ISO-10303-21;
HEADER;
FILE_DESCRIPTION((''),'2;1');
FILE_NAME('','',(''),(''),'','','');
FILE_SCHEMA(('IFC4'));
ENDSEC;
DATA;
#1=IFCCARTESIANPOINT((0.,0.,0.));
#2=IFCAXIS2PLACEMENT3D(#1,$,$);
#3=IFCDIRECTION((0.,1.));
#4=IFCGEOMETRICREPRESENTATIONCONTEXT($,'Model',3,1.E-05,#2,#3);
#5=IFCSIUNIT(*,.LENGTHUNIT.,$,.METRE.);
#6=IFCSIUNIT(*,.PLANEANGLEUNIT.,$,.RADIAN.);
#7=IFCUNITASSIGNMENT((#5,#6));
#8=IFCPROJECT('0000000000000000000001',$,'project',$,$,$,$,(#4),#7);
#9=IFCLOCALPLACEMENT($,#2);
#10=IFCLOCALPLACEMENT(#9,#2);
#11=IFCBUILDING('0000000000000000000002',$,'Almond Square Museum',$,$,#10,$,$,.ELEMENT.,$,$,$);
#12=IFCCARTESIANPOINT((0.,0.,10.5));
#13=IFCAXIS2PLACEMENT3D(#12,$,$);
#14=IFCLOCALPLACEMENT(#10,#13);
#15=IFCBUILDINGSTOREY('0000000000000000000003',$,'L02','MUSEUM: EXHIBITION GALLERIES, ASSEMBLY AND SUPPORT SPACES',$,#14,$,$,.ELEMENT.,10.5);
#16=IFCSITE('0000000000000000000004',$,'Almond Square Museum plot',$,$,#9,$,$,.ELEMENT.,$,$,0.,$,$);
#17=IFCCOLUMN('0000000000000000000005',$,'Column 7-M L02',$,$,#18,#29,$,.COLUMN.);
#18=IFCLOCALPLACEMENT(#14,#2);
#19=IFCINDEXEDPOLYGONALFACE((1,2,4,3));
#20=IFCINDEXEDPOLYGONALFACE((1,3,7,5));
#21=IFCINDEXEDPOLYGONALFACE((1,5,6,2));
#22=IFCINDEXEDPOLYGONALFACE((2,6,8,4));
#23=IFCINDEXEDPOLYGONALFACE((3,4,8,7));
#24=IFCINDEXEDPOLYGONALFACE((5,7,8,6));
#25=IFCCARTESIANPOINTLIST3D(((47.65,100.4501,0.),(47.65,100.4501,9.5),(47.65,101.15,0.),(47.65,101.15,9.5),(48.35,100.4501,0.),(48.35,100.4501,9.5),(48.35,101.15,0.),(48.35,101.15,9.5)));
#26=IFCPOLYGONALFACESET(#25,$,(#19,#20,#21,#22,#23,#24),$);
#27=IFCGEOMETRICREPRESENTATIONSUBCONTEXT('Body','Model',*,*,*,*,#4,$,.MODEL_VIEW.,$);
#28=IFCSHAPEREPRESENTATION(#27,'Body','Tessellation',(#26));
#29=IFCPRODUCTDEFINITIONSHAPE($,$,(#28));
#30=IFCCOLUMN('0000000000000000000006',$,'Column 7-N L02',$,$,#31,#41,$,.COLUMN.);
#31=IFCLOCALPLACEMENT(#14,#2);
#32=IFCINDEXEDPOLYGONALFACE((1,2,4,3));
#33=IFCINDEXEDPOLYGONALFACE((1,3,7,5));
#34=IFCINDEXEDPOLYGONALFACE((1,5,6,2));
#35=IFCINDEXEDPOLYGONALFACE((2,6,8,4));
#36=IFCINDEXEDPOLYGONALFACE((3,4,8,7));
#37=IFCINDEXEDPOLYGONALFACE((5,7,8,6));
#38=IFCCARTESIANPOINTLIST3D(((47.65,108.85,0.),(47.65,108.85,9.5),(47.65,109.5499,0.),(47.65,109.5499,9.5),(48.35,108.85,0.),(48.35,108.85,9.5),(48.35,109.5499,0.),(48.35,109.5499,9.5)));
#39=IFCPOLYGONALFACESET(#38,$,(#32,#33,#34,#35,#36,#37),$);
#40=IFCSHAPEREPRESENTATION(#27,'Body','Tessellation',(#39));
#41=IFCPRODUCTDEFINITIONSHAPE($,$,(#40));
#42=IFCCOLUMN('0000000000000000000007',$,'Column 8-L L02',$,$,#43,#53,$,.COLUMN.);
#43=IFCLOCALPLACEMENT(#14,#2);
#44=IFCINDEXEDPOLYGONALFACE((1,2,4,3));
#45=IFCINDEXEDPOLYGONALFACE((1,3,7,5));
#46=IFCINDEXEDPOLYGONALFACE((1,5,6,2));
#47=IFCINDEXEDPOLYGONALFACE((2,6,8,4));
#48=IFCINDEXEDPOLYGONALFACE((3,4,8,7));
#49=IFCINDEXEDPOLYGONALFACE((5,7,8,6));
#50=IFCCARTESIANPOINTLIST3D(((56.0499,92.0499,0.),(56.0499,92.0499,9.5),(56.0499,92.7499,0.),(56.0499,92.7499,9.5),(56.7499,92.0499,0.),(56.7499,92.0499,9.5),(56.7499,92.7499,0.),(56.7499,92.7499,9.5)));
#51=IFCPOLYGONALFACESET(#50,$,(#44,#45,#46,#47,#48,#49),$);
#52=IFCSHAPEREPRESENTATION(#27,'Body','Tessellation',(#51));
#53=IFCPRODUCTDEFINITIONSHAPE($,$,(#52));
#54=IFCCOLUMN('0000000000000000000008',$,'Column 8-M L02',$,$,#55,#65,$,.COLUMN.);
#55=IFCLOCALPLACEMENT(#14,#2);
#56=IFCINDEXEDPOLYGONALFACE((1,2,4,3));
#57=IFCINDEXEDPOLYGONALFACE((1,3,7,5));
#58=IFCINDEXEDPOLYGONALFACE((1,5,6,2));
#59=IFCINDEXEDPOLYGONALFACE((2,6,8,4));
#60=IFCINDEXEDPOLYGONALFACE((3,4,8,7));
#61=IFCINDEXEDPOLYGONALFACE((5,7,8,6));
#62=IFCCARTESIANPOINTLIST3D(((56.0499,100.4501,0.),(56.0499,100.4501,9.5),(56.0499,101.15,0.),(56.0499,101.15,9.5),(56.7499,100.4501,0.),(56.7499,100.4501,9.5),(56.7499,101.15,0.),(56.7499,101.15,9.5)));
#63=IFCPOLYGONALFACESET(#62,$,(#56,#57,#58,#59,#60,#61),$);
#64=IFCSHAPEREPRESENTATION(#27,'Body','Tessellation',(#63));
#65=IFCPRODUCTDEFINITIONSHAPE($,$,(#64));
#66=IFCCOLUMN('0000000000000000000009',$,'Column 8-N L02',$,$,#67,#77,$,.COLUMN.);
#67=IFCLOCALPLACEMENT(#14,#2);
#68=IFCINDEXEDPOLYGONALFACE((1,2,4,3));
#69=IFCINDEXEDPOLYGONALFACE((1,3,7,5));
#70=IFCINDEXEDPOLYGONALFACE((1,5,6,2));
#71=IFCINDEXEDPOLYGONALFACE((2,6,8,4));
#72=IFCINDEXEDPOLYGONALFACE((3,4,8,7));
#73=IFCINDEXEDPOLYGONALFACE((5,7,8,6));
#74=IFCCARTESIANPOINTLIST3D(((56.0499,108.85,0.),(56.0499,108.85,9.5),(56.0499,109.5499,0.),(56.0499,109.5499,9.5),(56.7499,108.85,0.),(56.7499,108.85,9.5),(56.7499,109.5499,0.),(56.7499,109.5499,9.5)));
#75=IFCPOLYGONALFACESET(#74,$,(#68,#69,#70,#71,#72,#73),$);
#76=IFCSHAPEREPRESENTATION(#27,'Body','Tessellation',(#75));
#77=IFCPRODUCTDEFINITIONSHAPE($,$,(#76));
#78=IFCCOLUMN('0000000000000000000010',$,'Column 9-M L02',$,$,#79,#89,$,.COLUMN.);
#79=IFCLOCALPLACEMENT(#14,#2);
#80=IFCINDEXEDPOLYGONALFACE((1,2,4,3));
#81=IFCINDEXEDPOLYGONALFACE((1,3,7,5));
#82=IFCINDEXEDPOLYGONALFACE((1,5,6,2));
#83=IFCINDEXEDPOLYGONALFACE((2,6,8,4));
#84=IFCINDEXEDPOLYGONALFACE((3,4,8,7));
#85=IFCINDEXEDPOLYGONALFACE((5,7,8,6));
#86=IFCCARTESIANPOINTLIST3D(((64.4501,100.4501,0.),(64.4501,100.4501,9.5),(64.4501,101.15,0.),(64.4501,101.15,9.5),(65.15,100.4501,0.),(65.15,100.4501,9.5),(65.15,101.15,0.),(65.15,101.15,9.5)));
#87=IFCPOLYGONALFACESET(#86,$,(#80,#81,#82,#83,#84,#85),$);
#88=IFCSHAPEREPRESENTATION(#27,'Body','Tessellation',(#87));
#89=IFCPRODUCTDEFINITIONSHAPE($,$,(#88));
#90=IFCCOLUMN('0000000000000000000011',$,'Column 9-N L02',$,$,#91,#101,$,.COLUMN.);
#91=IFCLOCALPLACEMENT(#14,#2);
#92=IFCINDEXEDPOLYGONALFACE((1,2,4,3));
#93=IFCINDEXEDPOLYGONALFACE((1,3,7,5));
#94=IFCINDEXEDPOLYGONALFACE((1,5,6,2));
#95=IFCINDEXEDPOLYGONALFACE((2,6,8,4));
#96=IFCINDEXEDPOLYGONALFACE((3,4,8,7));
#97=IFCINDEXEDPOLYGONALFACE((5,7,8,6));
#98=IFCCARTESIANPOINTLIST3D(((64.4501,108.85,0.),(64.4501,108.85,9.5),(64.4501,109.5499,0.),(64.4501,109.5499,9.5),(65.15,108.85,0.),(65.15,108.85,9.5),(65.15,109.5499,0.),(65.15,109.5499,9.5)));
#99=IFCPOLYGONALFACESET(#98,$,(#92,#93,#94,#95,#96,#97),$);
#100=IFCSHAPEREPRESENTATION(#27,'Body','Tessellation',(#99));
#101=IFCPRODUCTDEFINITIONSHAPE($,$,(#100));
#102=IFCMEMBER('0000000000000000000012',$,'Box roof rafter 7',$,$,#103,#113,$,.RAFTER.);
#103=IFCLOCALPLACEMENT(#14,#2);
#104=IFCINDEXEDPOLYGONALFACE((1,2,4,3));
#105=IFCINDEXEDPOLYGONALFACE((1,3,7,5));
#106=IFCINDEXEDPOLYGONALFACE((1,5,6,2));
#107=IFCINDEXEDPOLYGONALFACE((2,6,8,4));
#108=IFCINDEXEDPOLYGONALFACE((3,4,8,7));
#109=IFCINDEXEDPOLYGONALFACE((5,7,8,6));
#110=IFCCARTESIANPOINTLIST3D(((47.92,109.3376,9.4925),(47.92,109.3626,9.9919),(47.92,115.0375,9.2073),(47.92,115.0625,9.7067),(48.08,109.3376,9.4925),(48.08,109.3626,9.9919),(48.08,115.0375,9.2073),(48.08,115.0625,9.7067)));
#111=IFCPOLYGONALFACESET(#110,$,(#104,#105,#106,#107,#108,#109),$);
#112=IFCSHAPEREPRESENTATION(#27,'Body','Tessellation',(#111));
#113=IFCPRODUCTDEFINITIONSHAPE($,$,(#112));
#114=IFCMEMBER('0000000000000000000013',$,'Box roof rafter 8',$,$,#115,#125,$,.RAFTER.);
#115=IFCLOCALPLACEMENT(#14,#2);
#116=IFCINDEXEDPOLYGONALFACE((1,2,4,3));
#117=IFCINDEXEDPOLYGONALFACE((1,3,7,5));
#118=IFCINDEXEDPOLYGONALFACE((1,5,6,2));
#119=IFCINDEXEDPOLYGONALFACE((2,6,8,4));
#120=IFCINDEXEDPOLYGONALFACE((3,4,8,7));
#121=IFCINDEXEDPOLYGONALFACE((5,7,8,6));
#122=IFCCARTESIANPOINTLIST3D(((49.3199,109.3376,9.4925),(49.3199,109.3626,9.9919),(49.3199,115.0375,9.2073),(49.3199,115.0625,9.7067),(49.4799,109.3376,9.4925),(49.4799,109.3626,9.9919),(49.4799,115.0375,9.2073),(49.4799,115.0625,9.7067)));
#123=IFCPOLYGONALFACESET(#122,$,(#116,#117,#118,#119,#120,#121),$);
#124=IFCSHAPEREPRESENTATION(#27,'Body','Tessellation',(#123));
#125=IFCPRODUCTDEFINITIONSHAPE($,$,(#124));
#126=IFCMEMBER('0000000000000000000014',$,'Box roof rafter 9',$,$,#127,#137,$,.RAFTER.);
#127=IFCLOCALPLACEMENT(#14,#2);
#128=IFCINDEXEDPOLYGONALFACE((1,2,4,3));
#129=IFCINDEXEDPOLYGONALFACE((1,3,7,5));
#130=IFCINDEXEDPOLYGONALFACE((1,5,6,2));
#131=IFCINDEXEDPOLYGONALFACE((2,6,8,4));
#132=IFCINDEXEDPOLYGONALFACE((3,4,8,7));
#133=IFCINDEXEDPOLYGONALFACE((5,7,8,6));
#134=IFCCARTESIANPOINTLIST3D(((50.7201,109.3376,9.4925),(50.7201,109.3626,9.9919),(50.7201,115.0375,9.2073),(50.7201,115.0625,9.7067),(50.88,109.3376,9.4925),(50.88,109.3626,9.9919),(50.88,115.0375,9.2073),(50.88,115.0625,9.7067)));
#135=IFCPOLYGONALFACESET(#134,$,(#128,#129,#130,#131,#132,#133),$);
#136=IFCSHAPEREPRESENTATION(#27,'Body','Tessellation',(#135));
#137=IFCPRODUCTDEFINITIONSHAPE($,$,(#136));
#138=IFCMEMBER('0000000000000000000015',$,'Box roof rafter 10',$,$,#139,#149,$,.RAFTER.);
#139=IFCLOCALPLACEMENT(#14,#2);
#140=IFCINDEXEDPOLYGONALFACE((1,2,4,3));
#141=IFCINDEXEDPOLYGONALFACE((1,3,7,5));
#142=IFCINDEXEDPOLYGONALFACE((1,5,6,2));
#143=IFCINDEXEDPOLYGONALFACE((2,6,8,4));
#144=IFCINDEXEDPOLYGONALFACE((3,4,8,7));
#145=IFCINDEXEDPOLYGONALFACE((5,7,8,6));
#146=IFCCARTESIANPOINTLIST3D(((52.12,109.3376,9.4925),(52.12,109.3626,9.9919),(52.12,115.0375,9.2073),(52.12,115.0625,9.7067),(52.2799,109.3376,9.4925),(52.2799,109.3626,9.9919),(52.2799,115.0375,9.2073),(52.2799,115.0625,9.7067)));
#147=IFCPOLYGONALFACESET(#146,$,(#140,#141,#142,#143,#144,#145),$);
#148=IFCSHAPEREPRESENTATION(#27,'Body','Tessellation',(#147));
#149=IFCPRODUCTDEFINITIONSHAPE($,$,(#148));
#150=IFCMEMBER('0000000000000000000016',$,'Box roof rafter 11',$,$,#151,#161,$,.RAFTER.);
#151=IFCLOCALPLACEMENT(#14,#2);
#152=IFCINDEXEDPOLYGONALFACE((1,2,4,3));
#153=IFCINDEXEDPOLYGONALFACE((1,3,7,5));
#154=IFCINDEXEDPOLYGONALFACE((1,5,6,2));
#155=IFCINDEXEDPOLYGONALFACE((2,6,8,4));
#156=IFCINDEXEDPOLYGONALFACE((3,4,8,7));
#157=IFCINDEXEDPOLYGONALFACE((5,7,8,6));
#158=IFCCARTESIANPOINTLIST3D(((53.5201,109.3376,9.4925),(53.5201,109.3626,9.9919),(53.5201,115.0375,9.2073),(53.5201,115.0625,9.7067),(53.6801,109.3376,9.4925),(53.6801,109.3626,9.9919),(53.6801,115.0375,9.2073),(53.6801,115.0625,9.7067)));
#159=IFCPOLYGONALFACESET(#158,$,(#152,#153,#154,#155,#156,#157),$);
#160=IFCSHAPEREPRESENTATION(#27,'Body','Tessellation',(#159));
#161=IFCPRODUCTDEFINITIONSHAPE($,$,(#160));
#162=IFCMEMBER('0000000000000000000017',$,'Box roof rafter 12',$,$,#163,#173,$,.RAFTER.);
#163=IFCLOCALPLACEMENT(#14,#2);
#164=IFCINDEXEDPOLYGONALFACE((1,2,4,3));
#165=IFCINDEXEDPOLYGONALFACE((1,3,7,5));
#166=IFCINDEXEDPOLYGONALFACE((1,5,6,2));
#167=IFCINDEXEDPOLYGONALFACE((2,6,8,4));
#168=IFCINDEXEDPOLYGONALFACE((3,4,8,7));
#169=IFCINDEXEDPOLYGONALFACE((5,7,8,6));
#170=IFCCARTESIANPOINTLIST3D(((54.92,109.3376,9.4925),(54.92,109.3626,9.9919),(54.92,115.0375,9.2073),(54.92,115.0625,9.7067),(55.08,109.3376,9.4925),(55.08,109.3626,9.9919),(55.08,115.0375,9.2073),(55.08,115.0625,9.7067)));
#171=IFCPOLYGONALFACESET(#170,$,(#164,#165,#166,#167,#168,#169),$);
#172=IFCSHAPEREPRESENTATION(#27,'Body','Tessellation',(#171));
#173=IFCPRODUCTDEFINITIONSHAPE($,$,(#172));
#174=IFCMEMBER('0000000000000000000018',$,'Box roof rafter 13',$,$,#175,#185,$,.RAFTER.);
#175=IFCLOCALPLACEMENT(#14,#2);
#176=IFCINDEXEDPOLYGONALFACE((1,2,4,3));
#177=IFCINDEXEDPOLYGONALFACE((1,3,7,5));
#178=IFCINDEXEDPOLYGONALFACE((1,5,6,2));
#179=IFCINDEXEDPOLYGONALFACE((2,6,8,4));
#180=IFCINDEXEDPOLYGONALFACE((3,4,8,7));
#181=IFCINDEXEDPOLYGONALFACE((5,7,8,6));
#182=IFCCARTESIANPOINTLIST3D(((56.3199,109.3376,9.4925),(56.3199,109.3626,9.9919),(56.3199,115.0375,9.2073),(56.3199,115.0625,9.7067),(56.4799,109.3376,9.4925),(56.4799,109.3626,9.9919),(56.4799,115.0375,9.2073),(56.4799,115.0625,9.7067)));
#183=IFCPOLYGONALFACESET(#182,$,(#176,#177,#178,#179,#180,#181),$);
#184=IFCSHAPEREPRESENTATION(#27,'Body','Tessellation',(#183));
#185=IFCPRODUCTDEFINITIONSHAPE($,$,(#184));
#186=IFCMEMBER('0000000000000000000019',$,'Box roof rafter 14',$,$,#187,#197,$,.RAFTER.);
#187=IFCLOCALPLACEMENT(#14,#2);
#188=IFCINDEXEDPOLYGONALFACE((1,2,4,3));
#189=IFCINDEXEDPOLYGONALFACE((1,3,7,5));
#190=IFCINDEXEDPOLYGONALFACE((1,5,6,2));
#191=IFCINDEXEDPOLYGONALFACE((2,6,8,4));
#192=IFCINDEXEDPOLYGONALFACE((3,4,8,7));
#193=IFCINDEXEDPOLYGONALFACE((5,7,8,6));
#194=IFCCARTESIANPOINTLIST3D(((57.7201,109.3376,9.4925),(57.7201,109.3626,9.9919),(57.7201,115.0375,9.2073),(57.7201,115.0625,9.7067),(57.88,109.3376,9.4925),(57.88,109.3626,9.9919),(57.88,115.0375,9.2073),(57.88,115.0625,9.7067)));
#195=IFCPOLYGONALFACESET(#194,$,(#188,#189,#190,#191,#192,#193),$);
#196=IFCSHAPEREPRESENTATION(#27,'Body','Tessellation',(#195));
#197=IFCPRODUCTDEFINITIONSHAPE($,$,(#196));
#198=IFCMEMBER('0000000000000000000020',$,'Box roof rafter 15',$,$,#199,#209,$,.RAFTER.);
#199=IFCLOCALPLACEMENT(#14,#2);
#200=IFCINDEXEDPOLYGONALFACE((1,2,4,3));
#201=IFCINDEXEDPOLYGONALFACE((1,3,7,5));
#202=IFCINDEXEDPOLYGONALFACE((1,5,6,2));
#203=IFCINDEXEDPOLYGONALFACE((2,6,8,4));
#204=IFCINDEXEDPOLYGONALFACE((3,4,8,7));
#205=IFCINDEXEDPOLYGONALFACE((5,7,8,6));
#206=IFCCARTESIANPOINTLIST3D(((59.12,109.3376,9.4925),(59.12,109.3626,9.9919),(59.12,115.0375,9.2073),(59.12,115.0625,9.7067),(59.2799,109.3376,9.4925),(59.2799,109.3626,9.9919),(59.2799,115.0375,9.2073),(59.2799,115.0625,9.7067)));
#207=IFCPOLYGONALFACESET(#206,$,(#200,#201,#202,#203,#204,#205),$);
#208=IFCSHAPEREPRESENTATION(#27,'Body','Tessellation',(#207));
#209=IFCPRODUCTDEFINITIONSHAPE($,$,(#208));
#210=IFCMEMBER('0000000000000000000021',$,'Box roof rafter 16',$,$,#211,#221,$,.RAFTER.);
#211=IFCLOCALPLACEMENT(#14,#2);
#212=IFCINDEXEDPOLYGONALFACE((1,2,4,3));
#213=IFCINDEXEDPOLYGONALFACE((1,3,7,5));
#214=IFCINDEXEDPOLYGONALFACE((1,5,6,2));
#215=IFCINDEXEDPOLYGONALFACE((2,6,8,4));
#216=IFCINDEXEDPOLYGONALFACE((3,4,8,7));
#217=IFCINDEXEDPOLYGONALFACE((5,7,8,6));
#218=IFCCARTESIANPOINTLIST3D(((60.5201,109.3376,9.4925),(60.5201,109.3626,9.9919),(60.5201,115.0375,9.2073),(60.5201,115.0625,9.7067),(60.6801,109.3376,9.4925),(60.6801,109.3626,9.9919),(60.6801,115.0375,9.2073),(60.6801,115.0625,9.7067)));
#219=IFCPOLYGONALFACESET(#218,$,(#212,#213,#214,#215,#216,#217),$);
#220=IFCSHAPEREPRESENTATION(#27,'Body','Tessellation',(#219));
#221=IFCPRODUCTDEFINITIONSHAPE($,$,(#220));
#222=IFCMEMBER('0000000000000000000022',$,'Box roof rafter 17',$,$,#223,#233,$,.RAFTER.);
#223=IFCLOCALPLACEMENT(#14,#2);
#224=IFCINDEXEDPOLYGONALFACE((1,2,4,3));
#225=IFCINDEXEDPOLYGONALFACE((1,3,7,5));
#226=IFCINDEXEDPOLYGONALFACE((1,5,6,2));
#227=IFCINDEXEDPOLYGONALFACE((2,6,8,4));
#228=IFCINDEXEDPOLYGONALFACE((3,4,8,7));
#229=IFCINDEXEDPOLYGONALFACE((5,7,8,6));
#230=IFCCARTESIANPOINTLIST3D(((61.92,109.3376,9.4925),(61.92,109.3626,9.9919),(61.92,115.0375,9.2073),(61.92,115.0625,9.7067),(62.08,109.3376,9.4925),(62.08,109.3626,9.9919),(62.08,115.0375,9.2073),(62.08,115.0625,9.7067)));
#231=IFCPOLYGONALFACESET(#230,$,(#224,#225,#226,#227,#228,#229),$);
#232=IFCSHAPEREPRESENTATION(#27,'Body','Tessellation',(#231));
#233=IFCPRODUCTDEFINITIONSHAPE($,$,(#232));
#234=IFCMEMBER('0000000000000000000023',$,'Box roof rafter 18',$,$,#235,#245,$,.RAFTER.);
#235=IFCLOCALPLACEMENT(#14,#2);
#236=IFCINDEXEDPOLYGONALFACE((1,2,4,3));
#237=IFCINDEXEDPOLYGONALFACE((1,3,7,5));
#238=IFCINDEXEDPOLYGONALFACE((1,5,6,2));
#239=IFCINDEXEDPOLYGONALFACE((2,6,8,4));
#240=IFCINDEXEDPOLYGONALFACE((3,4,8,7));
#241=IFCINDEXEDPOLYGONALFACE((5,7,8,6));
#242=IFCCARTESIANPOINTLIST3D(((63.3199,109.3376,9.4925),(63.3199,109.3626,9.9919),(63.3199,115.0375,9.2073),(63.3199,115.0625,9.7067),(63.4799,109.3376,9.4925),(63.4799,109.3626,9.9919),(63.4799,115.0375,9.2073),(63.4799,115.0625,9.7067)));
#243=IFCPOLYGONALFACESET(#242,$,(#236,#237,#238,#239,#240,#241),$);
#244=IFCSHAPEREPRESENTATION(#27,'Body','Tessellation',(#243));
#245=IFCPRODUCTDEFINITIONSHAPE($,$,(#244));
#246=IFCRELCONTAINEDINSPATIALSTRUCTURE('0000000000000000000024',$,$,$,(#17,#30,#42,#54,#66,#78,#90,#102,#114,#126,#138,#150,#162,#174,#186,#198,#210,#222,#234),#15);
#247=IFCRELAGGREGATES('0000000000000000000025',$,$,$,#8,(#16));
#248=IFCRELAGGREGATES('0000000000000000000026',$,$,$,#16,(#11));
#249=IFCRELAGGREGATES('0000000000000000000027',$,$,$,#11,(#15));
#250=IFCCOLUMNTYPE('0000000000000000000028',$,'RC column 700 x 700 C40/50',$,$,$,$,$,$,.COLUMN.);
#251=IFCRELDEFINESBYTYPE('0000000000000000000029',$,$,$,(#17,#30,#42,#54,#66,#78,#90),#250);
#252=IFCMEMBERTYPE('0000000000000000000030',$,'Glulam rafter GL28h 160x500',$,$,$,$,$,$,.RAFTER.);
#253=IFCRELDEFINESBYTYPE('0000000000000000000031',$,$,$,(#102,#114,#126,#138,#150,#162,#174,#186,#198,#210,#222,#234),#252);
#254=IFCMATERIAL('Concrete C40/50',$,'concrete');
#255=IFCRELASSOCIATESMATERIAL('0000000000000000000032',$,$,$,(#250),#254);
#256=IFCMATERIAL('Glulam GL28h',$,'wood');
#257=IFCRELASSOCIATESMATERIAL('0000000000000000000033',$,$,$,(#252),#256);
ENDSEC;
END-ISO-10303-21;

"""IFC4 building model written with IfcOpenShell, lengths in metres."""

from ifc_helpers import new_model, si_unit, direction, frame, origin, origin_2d, place, context, subcontext, project, spatial, rectangle, extrude, material, material_profile, profile_set, type_object, element, save


model = new_model("IFC4")

# Units and contexts
model_context = context("Model", 3, precision=1e-05, world=origin(), true_north=direction((0.0, 1.0)))
body_context = subcontext(model_context, "Body", "Model", "MODEL_VIEW")
ifc_project = project(units=[si_unit("LENGTHUNIT", "METRE"), si_unit("PLANEANGLEUNIT", "RADIAN")], contexts=[model_context])

# Site, building, storey
site_placement = place(None, origin())
site = spatial("IfcSite", under=ifc_project, at=site_placement, Name="Almond Square Museum plot", CompositionType="ELEMENT", RefElevation=0.0)
building_placement = place(site_placement, origin())
building = spatial("IfcBuilding", under=site, at=building_placement, Name="Almond Square Museum", CompositionType="ELEMENT")
storey_placement = place(building_placement, frame((0.0, 0.0, 10.5)))
storey = spatial("IfcBuildingStorey", under=building, at=storey_placement, Name="L02", Description="MUSEUM: EXHIBITION GALLERIES, ASSEMBLY AND SUPPORT SPACES", CompositionType="ELEMENT", Elevation=10.5)

# Columns
ifc_material_1 = material(Name="Concrete C40/50", Category="concrete")
ifc_material_profile_1 = material_profile(ifc_material_1, rectangle(XDim=0.7, YDim=0.7, at=origin_2d()))
ifc_profile_set_1 = profile_set([ifc_material_profile_1], Name="Concrete C40/50")
column_type = type_object("IfcColumnType", Name="RC column 700 x 700 C40/50", PredefinedType="COLUMN", material=ifc_profile_set_1)
for number, where, z_axis, x_axis, name in (
    (1, (48.0, 100.8, 0.0), (0.0, 0.0, 1.0), (1.0, 0.0, 0.0), "Column 7-M L02"),
    (2, (48.0, 109.2, 0.0), (0.0, 0.0, 1.0), (1.0, 0.0, 0.0), "Column 7-N L02"),
    (3, (56.3999, 92.3999, 0.0), (0.0, 0.0, 1.0), (1.0, 0.0, 0.0), "Column 8-L L02"),
    (4, (56.3999, 100.8, 0.0), (0.0, 0.0, 1.0), (1.0, 0.0, 0.0), "Column 8-M L02"),
    (5, (56.3999, 109.2, 0.0), (0.0, 0.0, 1.0), (1.0, 0.0, 0.0), "Column 8-N L02"),
    (6, (64.8, 100.8, 0.0), (0.0, 0.0, 1.0), (1.0, 0.0, 0.0), "Column 9-M L02"),
    (7, (64.8, 109.2, 0.0), (0.0, 0.0, 1.0), (1.0, 0.0, 0.0), "Column 9-N L02"),
):
    element("IfcColumn", number, at=place(storey_placement, frame(where, z_axis=z_axis, x_axis=x_axis)), inside=storey, type_object=column_type, Name=name, PredefinedType="COLUMN", context=body_context, shape_type="SweptSolid", body=[
        extrude(rectangle(XDim=0.7, YDim=0.7, at=origin_2d()), origin(), (0.0, 0.0, 1.0), 9.5),
    ])

# Members
ifc_material_2 = material(Name="Glulam GL28h", Category="wood")
ifc_material_profile_2 = material_profile(ifc_material_2, rectangle(XDim=0.1599, YDim=0.5, at=origin_2d()))
ifc_profile_set_2 = profile_set([ifc_material_profile_2], Name="Glulam GL28h")
member_type = type_object("IfcMemberType", Name="Glulam rafter GL28h 160x500", PredefinedType="RAFTER", material=ifc_profile_set_2)
for number, where, z_axis, x_axis, name in (
    (8, (48.0, 109.3501, 9.7422), (0.0, 0.998751, -0.049965), (-1.0, 0.0, 0.0), "Box roof rafter 7"),
    (9, (49.3999, 109.3501, 9.7422), (0.0, 0.998751, -0.049965), (-1.0, 0.0, 0.0), "Box roof rafter 8"),
    (10, (50.8, 109.3501, 9.7422), (0.0, 0.998751, -0.049965), (-1.0, 0.0, 0.0), "Box roof rafter 9"),
    (11, (52.2, 109.3501, 9.7422), (0.0, 0.998751, -0.049965), (-1.0, 0.0, 0.0), "Box roof rafter 10"),
    (12, (53.6001, 109.3501, 9.7422), (0.0, 0.998751, -0.049965), (-1.0, 0.0, 0.0), "Box roof rafter 11"),
    (13, (55.0, 109.3501, 9.7422), (0.0, 0.998751, -0.049965), (-1.0, 0.0, 0.0), "Box roof rafter 12"),
    (14, (56.3999, 109.3501, 9.7422), (0.0, 0.998751, -0.049965), (-1.0, 0.0, 0.0), "Box roof rafter 13"),
    (15, (57.8, 109.3501, 9.7422), (0.0, 0.998751, -0.049965), (-1.0, 0.0, 0.0), "Box roof rafter 14"),
    (16, (59.2, 109.3501, 9.7422), (0.0, 0.998751, -0.049965), (-1.0, 0.0, 0.0), "Box roof rafter 15"),
    (17, (60.6001, 109.3501, 9.7422), (0.0, 0.998751, -0.049965), (-1.0, 0.0, 0.0), "Box roof rafter 16"),
    (18, (62.0, 109.3501, 9.7422), (0.0, 0.998751, -0.049965), (-1.0, 0.0, 0.0), "Box roof rafter 17"),
    (19, (63.3999, 109.3501, 9.7422), (0.0, 0.998751, -0.049965), (-1.0, 0.0, 0.0), "Box roof rafter 18"),
):
    element("IfcMember", number, at=place(storey_placement, frame(where, z_axis=z_axis, x_axis=x_axis)), inside=storey, type_object=member_type, Name=name, PredefinedType="RAFTER", context=body_context, shape_type="SweptSolid", body=[
        extrude(rectangle(XDim=0.1599, YDim=0.5, at=origin_2d()), origin(), (0.0, 0.0, 1.0), 5.707),
    ])

save(model, "model.ifc")
